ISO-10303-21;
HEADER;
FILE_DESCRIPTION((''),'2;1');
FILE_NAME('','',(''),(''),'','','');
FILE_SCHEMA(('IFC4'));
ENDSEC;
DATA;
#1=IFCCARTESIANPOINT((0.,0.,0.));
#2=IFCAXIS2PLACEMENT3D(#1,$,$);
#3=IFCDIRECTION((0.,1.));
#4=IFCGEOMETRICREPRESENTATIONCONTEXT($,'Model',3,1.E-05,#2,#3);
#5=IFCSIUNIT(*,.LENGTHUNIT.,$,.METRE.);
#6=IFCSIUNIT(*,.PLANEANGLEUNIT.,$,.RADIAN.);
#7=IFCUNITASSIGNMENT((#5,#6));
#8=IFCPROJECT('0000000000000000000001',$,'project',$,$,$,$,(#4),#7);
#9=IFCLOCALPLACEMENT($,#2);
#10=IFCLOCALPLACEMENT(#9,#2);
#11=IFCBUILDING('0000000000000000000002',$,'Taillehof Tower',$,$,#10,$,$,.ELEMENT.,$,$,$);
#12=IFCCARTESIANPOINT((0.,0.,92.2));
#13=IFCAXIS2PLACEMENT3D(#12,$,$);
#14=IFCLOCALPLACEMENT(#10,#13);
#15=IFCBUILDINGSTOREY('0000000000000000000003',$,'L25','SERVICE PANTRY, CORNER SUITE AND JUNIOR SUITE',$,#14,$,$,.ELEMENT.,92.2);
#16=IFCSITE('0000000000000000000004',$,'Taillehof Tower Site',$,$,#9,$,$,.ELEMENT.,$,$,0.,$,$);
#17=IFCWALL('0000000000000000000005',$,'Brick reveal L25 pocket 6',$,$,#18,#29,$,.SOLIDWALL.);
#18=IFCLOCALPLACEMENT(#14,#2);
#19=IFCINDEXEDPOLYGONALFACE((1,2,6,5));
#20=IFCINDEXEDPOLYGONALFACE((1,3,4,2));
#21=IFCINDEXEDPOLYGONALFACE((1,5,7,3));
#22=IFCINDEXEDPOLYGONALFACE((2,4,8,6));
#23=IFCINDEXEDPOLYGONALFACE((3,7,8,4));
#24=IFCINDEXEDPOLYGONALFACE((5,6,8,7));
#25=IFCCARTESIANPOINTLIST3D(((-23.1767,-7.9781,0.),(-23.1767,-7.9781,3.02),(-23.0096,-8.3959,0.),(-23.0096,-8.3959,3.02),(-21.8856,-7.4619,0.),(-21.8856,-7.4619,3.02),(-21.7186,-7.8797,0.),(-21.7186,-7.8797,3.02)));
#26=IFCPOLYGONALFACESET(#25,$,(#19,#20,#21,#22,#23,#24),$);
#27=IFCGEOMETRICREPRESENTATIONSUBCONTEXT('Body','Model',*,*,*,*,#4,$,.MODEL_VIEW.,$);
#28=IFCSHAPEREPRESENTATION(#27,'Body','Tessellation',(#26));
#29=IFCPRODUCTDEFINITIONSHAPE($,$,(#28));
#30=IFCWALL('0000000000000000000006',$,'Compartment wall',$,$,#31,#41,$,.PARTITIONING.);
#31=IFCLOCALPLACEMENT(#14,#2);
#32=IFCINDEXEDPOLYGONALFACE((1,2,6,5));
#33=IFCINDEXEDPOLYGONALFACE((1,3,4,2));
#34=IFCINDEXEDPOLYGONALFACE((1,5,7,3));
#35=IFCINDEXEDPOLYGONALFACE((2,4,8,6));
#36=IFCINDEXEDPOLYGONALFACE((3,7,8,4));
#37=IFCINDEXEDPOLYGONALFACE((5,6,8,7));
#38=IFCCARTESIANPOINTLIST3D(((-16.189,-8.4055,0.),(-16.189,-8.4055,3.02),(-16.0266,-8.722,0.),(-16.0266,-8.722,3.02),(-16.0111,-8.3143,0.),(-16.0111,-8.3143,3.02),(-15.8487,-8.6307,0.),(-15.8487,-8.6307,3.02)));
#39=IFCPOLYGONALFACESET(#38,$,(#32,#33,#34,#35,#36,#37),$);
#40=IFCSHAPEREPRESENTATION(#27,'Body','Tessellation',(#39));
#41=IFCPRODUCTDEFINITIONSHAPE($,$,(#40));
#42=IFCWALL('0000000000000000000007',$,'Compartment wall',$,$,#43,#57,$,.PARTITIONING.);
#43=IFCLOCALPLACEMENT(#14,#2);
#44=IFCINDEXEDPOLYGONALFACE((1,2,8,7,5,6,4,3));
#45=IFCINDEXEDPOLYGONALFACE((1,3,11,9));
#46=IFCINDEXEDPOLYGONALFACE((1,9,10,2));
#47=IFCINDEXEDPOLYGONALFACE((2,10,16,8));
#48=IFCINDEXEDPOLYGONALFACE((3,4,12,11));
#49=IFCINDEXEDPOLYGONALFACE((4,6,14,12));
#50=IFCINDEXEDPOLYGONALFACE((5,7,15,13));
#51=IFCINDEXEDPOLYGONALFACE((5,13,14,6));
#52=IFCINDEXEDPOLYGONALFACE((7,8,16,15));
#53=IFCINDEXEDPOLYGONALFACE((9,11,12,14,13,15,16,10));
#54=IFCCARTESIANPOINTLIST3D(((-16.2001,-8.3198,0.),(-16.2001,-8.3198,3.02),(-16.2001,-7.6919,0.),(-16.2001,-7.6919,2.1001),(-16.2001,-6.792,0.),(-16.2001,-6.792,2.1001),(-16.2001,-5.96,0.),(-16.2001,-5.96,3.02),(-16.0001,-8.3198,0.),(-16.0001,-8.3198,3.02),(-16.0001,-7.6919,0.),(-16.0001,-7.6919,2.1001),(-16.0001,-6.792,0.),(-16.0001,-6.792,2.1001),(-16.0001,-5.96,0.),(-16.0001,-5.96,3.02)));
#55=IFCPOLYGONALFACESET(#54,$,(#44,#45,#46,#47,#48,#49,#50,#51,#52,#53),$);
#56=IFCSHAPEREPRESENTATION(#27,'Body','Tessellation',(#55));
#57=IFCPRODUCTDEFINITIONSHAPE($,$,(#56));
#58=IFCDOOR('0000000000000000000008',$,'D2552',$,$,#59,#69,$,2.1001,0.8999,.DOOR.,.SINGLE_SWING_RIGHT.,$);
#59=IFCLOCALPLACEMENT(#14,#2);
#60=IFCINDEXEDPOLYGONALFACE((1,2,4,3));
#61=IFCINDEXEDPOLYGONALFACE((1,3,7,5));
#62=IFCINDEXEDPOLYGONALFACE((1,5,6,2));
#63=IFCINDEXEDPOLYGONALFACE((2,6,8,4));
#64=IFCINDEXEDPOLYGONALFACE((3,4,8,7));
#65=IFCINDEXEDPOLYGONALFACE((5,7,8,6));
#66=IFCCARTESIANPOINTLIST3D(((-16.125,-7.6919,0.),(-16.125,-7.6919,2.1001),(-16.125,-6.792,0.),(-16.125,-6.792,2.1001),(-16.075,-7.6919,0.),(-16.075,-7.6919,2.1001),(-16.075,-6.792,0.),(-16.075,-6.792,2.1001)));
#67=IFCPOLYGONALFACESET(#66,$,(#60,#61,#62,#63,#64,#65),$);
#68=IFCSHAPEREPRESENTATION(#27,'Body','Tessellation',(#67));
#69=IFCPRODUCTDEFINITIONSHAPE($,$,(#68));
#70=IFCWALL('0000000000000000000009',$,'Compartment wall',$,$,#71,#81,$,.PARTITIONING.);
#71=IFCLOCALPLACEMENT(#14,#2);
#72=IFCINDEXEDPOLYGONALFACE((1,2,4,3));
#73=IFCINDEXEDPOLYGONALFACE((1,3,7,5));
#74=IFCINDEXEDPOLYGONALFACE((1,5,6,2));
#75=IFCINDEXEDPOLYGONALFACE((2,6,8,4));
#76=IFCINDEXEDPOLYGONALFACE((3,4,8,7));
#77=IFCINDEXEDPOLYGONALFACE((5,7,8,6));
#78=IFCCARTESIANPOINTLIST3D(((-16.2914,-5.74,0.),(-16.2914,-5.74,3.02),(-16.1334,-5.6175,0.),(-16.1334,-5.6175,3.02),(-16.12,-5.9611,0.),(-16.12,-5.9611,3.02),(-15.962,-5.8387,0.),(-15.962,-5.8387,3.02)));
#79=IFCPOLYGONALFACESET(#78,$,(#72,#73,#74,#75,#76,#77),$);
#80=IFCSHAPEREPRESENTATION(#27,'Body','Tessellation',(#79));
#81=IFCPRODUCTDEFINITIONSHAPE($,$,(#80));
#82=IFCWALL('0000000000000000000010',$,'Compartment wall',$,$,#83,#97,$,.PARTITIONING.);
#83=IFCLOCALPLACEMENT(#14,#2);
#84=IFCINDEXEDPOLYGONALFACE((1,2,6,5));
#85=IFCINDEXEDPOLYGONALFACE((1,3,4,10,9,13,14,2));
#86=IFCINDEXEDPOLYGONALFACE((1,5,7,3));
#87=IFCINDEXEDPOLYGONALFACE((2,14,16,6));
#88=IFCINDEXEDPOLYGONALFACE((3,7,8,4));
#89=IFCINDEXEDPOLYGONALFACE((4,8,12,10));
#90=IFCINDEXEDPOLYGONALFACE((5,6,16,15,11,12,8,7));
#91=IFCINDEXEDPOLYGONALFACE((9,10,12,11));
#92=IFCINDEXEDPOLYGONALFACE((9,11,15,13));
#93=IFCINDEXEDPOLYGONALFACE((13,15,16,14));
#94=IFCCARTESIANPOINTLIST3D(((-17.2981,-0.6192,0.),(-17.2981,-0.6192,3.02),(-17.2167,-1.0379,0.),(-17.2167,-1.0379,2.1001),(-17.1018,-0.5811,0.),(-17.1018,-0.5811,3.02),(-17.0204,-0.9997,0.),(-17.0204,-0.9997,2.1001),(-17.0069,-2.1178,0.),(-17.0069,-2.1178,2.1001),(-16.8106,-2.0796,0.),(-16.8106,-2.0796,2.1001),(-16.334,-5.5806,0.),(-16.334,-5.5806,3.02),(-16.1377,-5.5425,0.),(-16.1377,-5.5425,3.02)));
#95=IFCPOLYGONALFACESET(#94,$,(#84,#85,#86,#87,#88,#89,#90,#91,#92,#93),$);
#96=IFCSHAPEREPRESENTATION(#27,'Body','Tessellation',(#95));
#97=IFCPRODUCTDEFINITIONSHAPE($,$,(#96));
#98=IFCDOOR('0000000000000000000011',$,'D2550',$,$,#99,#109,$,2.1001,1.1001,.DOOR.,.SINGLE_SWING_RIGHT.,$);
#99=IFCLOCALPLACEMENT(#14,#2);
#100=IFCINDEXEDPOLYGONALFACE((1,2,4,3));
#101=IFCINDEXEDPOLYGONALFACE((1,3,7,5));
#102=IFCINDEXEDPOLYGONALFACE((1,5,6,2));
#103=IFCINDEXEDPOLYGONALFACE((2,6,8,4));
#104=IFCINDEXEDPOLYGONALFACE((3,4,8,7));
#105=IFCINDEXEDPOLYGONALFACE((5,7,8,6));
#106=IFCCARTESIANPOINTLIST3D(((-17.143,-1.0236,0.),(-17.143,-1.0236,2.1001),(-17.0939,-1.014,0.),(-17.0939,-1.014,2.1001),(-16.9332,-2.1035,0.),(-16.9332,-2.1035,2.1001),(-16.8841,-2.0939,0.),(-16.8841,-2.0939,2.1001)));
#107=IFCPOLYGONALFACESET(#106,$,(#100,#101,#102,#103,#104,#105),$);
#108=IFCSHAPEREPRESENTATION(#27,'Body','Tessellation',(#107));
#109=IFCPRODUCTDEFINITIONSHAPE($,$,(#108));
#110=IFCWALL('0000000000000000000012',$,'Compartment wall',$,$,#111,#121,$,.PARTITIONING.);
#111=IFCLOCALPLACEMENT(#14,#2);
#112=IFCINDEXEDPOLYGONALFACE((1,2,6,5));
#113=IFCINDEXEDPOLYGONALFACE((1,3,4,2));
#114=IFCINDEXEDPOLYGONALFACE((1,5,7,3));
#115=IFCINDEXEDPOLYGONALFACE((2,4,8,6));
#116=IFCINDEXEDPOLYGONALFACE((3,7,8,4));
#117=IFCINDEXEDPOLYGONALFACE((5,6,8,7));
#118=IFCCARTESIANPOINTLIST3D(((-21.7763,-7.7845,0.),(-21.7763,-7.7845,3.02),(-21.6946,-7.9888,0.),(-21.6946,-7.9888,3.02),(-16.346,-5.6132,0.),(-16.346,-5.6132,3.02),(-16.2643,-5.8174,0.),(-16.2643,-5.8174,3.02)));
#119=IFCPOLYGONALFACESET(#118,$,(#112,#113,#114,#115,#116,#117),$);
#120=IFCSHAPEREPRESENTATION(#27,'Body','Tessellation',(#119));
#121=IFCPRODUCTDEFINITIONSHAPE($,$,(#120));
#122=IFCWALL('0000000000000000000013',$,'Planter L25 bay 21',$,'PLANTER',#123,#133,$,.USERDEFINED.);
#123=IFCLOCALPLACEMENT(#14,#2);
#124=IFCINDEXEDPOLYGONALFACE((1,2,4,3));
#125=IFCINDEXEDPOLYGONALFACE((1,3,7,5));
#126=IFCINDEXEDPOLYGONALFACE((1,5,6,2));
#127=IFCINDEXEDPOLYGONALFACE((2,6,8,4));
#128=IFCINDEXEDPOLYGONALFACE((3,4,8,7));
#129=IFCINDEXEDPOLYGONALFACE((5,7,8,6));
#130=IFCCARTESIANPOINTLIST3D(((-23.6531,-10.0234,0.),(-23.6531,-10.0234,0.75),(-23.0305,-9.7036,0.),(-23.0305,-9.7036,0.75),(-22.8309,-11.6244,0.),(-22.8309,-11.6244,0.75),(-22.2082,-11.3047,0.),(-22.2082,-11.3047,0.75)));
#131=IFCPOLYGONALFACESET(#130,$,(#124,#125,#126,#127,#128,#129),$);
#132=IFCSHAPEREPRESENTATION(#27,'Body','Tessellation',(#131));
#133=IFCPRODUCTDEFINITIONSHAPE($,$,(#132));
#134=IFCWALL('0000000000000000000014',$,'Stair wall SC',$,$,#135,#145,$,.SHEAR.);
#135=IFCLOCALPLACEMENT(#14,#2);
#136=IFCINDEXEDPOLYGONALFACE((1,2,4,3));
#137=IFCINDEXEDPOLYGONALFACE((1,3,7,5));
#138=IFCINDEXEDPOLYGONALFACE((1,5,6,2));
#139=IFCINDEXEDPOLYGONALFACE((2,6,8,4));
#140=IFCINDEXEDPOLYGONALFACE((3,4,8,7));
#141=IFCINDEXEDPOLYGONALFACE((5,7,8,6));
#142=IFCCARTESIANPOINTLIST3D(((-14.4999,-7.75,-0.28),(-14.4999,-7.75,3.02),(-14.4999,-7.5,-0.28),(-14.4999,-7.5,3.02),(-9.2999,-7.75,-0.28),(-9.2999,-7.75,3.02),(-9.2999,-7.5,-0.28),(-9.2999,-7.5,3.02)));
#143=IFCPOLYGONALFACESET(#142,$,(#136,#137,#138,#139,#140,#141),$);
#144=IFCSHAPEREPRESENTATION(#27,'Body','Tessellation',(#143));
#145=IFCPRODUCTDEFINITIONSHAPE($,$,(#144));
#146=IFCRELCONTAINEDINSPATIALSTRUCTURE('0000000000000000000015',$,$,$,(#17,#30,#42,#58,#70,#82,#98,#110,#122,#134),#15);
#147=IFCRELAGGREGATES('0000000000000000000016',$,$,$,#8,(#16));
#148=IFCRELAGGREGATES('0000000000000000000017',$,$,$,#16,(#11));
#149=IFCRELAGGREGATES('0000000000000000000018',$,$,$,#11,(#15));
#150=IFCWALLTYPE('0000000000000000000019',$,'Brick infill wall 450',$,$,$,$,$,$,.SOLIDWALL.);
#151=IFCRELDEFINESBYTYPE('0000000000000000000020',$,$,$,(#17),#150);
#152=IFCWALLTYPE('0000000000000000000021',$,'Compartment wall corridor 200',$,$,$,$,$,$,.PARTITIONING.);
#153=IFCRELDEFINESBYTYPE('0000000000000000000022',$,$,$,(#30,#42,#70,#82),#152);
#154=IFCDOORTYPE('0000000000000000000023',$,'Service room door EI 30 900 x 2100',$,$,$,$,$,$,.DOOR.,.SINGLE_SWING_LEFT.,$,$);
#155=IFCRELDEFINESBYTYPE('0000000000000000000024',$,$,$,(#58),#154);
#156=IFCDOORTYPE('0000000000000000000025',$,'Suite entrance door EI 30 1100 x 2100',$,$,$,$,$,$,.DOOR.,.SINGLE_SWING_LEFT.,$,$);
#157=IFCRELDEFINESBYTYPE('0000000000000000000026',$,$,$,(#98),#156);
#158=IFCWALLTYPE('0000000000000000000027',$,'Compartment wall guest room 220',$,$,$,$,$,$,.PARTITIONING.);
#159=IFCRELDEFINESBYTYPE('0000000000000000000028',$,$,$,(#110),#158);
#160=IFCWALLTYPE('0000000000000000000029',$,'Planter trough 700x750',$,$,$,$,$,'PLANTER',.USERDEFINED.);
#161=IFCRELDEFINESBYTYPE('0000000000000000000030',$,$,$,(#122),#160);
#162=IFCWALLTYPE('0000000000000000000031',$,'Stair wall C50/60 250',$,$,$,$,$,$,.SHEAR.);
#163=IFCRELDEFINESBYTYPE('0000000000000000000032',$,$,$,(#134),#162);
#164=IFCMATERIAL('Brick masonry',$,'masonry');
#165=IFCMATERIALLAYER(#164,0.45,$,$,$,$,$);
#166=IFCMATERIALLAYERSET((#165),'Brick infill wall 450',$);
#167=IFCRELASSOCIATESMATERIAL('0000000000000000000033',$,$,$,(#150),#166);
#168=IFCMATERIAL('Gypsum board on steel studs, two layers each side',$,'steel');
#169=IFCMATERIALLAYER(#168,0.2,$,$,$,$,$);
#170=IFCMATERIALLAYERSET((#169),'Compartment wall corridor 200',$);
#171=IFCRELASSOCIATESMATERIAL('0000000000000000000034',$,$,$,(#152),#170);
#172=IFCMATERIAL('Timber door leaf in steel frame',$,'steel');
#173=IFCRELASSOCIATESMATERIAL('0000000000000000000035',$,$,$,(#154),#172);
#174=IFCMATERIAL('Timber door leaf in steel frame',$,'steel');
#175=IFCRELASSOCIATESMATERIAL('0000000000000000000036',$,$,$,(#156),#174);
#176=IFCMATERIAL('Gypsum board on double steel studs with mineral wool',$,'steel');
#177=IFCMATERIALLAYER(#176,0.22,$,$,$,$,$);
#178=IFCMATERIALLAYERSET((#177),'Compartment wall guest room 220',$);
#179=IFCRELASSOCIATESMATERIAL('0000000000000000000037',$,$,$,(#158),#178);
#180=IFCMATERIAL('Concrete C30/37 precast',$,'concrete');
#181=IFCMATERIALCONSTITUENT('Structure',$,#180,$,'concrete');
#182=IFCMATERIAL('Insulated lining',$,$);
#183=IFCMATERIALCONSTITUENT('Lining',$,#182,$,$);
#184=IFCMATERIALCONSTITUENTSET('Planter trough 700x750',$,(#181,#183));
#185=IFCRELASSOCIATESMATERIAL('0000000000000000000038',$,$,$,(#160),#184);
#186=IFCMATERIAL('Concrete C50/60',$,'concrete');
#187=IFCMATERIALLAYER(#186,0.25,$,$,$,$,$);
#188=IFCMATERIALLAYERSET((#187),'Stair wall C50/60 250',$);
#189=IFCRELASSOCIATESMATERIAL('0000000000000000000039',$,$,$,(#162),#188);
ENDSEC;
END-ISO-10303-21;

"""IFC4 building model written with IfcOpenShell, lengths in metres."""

from ifc_helpers import new_model, si_unit, direction, frame, frame_2d, origin, place, context, subcontext, project, spatial, rectangle, extrude, material, layer, layer_set, constituent, constituent_set, type_object, element, fill, save


model = new_model("IFC4")

# Units and contexts
model_context = context("Model", 3, precision=1e-05, world=origin(), true_north=direction((0.0, 1.0)))
body_context = subcontext(model_context, "Body", "Model", "MODEL_VIEW")
ifc_project = project(units=[si_unit("LENGTHUNIT", "METRE"), si_unit("PLANEANGLEUNIT", "RADIAN")], contexts=[model_context])

# Site, building, storey
site_placement = place(None, origin())
site = spatial("IfcSite", under=ifc_project, at=site_placement, Name="Taillehof Tower Site", CompositionType="ELEMENT", RefElevation=0.0)
building_placement = place(site_placement, origin())
building = spatial("IfcBuilding", under=site, at=building_placement, Name="Taillehof Tower", CompositionType="ELEMENT")
storey_placement = place(building_placement, frame((0.0, 0.0, 92.2)))
storey = spatial("IfcBuildingStorey", under=building, at=storey_placement, Name="L25", Description="SERVICE PANTRY, CORNER SUITE AND JUNIOR SUITE", CompositionType="ELEMENT", Elevation=92.2)

# Shared definitions
ifc_material_1 = material(Name="Brick masonry", Category="masonry")
ifc_layer_1 = layer(ifc_material_1, 0.45)
ifc_layer_set_1 = layer_set([ifc_layer_1], Name="Brick infill wall 450")
wall_type_1 = type_object("IfcWallType", Name="Brick infill wall 450", PredefinedType="SOLIDWALL", material=ifc_layer_set_1)

# Wall
wall_1_placement = place(storey_placement, frame((-23.0933, -8.187, 0.0), z_axis=(0.0, 0.0, 1.0), x_axis=(0.928549, 0.371209, 0.0)))
element("IfcWall", 1, at=wall_1_placement, inside=storey, type_object=wall_type_1, Name="Brick reveal L25 pocket 6", PredefinedType="SOLIDWALL", context=body_context, shape_type="SweptSolid", body=[
    extrude(rectangle(XDim=1.3904, YDim=0.45, at=frame_2d((0.6953, 0.0))), origin(), (0.0, 0.0, 1.0), 3.02),
])

# Wall
ifc_material_2 = material(Name="Gypsum board on steel studs, two layers each side", Category="steel")
ifc_layer_2 = layer(ifc_material_2, 0.2)
ifc_layer_set_2 = layer_set([ifc_layer_2], Name="Compartment wall corridor 200")
wall_type_2 = type_object("IfcWallType", Name="Compartment wall corridor 200", PredefinedType="PARTITIONING", material=ifc_layer_set_2)
wall_2_placement = place(storey_placement, frame((-15.9377, -8.6763, 0.0), z_axis=(0.0, 0.0, 1.0), x_axis=(-0.456526, 0.88971, 0.0)))
element("IfcWall", 2, at=wall_2_placement, inside=storey, type_object=wall_type_2, Name="Compartment wall", PredefinedType="PARTITIONING", context=body_context, shape_type="SweptSolid", body=[
    extrude(rectangle(XDim=0.3557, YDim=0.2, at=frame_2d((0.1777, 0.0))), origin(), (0.0, 0.0, 1.0), 3.02),
])

# Wall, opening, door
wall_3_placement = place(storey_placement, frame((-16.1001, -8.3198, 0.0), z_axis=(0.0, 0.0, 1.0), x_axis=(0.0, 1.0, 0.0)))
wall_3 = element("IfcWall", 3, at=wall_3_placement, inside=storey, type_object=wall_type_2, Name="Compartment wall", PredefinedType="PARTITIONING", context=body_context, shape_type="SweptSolid", body=[
    extrude(rectangle(XDim=2.3599, YDim=0.2, at=frame_2d((1.1799, 0.0))), origin(), (0.0, 0.0, 1.0), 3.02),
])
opening_1_placement = place(wall_3_placement, frame((0.6279, 0.0, 0.0)))
opening_1 = element("IfcOpeningElement", 4, at=opening_1_placement, cuts=wall_3, PredefinedType="OPENING", context=body_context, shape_type="SweptSolid", body=[
    extrude(rectangle(XDim=0.8999, YDim=2.1001, at=frame_2d((0.45, 1.05))), frame((0.0, 0.1099, 0.0), z_axis=(0.0, -1.0, 0.0), x_axis=(1.0, 0.0, 0.0)), (0.0, 0.0, 1.0), 0.22),
])
ifc_material_3 = material(Name="Timber door leaf in steel frame", Category="steel")
door_type_1 = type_object("IfcDoorType", Name="Service room door EI 30 900 x 2100", OperationType="SINGLE_SWING_LEFT", PredefinedType="DOOR", material=ifc_material_3)
door_1_placement = place(opening_1_placement, origin())
door_1 = element("IfcDoor", 5, at=door_1_placement, inside=storey, type_object=door_type_1, Name="D2552", OperationType="SINGLE_SWING_RIGHT", OverallHeight=2.1001, OverallWidth=0.8999, PredefinedType="DOOR", context=body_context, shape_type="SweptSolid", body=[
    extrude(rectangle(XDim=0.8999, YDim=2.1001, at=frame_2d((0.45, 1.05))), frame((0.0, 0.0249, 0.0), z_axis=(0.0, -1.0, 0.0), x_axis=(1.0, 0.0, 0.0)), (0.0, 0.0, 1.0), 0.05),
])
fill(opening_1, door_1)

# Wall
wall_4_placement = place(storey_placement, frame((-16.041, -5.8999, 0.0), z_axis=(0.0, 0.0, 1.0), x_axis=(-0.61249, 0.790478, 0.0)))
element("IfcWall", 6, at=wall_4_placement, inside=storey, type_object=wall_type_2, Name="Compartment wall", PredefinedType="PARTITIONING", context=body_context, shape_type="SweptSolid", body=[
    extrude(rectangle(XDim=0.2798, YDim=0.2, at=frame_2d((0.1399, 0.0))), origin(), (0.0, 0.0, 1.0), 3.02),
])

# Wall, opening, door
wall_5_placement = place(storey_placement, frame((-16.2358, -5.5615, 0.0), z_axis=(0.0, 0.0, 1.0), x_axis=(-0.190753, 0.981638, 0.0)))
wall_5 = element("IfcWall", 7, at=wall_5_placement, inside=storey, type_object=wall_type_2, Name="Compartment wall", PredefinedType="PARTITIONING", context=body_context, shape_type="SweptSolid", body=[
    extrude(rectangle(XDim=5.0542, YDim=0.2, at=frame_2d((2.5271, 0.0))), origin(), (0.0, 0.0, 1.0), 3.02),
])
opening_2_placement = place(wall_5_placement, frame((3.5276, 0.0, 0.0)))
opening_2 = element("IfcOpeningElement", 8, at=opening_2_placement, cuts=wall_5, PredefinedType="OPENING", context=body_context, shape_type="SweptSolid", body=[
    extrude(rectangle(XDim=1.1001, YDim=2.1001, at=frame_2d((0.55, 1.05))), frame((0.0, 0.1099, 0.0), z_axis=(0.0, -1.0, 0.0), x_axis=(1.0, 0.0, 0.0)), (0.0, 0.0, 1.0), 0.22),
])
ifc_material_4 = material(Name="Timber door leaf in steel frame", Category="steel")
door_type_2 = type_object("IfcDoorType", Name="Suite entrance door EI 30 1100 x 2100", OperationType="SINGLE_SWING_LEFT", PredefinedType="DOOR", material=ifc_material_4)
door_2_placement = place(opening_2_placement, origin())
door_2 = element("IfcDoor", 9, at=door_2_placement, inside=storey, type_object=door_type_2, Name="D2550", OperationType="SINGLE_SWING_RIGHT", OverallHeight=2.1001, OverallWidth=1.1001, PredefinedType="DOOR", context=body_context, shape_type="SweptSolid", body=[
    extrude(rectangle(XDim=1.1001, YDim=2.1001, at=frame_2d((0.55, 1.05))), frame((0.0, 0.0249, 0.0), z_axis=(0.0, -1.0, 0.0), x_axis=(1.0, 0.0, 0.0)), (0.0, 0.0, 1.0), 0.05),
])
fill(opening_2, door_2)

# Walls
ifc_material_5 = material(Name="Gypsum board on double steel studs with mineral wool", Category="steel")
ifc_layer_3 = layer(ifc_material_5, 0.22)
ifc_layer_set_3 = layer_set([ifc_layer_3], Name="Compartment wall guest room 220")
wall_type_3 = type_object("IfcWallType", Name="Compartment wall guest room 220", PredefinedType="PARTITIONING", material=ifc_layer_set_3)
wall_6_placement = place(storey_placement, frame((-21.7356, -7.8867, 0.0), z_axis=(0.0, 0.0, 1.0), x_axis=(0.928523, 0.371276, 0.0)))
element("IfcWall", 10, at=wall_6_placement, inside=storey, type_object=wall_type_3, Name="Compartment wall", PredefinedType="PARTITIONING", context=body_context, shape_type="SweptSolid", body=[
    extrude(rectangle(XDim=5.8484, YDim=0.22, at=frame_2d((2.9243, 0.0))), origin(), (0.0, 0.0, 1.0), 3.02),
])
ifc_material_6 = material(Name="Concrete C30/37 precast", Category="concrete")
ifc_constituent_1 = constituent(ifc_material_6, Name="Structure", Category="concrete")
ifc_material_7 = material(Name="Insulated lining")
ifc_constituent_2 = constituent(ifc_material_7, Name="Lining")
ifc_constituent_set = constituent_set(constituents=[ifc_constituent_1, ifc_constituent_2], Name="Planter trough 700x750")
wall_type_4 = type_object("IfcWallType", Name="Planter trough 700x750", ElementType="PLANTER", PredefinedType="USERDEFINED", material=ifc_constituent_set)
wall_7_placement = place(storey_placement, frame((-23.3418, -9.8635, 0.0), z_axis=(0.0, 0.0, 1.0), x_axis=(0.456845, -0.889546, 0.0)))
element("IfcWall", 11, at=wall_7_placement, inside=storey, type_object=wall_type_4, Name="Planter L25 bay 21", ObjectType="PLANTER", PredefinedType="USERDEFINED", context=body_context, shape_type="SweptSolid", body=[
    extrude(rectangle(XDim=1.7998, YDim=0.7, at=frame_2d((0.8999, 0.0))), origin(), (0.0, 0.0, 1.0), 0.75),
])
ifc_material_8 = material(Name="Concrete C50/60", Category="concrete")
ifc_layer_4 = layer(ifc_material_8, 0.25)
ifc_layer_set_4 = layer_set([ifc_layer_4], Name="Stair wall C50/60 250")
wall_type_5 = type_object("IfcWallType", Name="Stair wall C50/60 250", PredefinedType="SHEAR", material=ifc_layer_set_4)
wall_8_placement = place(storey_placement, frame((-14.5, -7.625, -0.28), z_axis=(0.0, 0.0, 1.0), x_axis=(1.0, 0.0, 0.0)))
element("IfcWall", 12, at=wall_8_placement, inside=storey, type_object=wall_type_5, Name="Stair wall SC", PredefinedType="SHEAR", context=body_context, shape_type="SweptSolid", body=[
    extrude(rectangle(XDim=5.2, YDim=0.25, at=frame_2d((2.6001, 0.0))), origin(), (0.0, 0.0, 1.0), 3.3),
])

save(model, "model.ifc")
